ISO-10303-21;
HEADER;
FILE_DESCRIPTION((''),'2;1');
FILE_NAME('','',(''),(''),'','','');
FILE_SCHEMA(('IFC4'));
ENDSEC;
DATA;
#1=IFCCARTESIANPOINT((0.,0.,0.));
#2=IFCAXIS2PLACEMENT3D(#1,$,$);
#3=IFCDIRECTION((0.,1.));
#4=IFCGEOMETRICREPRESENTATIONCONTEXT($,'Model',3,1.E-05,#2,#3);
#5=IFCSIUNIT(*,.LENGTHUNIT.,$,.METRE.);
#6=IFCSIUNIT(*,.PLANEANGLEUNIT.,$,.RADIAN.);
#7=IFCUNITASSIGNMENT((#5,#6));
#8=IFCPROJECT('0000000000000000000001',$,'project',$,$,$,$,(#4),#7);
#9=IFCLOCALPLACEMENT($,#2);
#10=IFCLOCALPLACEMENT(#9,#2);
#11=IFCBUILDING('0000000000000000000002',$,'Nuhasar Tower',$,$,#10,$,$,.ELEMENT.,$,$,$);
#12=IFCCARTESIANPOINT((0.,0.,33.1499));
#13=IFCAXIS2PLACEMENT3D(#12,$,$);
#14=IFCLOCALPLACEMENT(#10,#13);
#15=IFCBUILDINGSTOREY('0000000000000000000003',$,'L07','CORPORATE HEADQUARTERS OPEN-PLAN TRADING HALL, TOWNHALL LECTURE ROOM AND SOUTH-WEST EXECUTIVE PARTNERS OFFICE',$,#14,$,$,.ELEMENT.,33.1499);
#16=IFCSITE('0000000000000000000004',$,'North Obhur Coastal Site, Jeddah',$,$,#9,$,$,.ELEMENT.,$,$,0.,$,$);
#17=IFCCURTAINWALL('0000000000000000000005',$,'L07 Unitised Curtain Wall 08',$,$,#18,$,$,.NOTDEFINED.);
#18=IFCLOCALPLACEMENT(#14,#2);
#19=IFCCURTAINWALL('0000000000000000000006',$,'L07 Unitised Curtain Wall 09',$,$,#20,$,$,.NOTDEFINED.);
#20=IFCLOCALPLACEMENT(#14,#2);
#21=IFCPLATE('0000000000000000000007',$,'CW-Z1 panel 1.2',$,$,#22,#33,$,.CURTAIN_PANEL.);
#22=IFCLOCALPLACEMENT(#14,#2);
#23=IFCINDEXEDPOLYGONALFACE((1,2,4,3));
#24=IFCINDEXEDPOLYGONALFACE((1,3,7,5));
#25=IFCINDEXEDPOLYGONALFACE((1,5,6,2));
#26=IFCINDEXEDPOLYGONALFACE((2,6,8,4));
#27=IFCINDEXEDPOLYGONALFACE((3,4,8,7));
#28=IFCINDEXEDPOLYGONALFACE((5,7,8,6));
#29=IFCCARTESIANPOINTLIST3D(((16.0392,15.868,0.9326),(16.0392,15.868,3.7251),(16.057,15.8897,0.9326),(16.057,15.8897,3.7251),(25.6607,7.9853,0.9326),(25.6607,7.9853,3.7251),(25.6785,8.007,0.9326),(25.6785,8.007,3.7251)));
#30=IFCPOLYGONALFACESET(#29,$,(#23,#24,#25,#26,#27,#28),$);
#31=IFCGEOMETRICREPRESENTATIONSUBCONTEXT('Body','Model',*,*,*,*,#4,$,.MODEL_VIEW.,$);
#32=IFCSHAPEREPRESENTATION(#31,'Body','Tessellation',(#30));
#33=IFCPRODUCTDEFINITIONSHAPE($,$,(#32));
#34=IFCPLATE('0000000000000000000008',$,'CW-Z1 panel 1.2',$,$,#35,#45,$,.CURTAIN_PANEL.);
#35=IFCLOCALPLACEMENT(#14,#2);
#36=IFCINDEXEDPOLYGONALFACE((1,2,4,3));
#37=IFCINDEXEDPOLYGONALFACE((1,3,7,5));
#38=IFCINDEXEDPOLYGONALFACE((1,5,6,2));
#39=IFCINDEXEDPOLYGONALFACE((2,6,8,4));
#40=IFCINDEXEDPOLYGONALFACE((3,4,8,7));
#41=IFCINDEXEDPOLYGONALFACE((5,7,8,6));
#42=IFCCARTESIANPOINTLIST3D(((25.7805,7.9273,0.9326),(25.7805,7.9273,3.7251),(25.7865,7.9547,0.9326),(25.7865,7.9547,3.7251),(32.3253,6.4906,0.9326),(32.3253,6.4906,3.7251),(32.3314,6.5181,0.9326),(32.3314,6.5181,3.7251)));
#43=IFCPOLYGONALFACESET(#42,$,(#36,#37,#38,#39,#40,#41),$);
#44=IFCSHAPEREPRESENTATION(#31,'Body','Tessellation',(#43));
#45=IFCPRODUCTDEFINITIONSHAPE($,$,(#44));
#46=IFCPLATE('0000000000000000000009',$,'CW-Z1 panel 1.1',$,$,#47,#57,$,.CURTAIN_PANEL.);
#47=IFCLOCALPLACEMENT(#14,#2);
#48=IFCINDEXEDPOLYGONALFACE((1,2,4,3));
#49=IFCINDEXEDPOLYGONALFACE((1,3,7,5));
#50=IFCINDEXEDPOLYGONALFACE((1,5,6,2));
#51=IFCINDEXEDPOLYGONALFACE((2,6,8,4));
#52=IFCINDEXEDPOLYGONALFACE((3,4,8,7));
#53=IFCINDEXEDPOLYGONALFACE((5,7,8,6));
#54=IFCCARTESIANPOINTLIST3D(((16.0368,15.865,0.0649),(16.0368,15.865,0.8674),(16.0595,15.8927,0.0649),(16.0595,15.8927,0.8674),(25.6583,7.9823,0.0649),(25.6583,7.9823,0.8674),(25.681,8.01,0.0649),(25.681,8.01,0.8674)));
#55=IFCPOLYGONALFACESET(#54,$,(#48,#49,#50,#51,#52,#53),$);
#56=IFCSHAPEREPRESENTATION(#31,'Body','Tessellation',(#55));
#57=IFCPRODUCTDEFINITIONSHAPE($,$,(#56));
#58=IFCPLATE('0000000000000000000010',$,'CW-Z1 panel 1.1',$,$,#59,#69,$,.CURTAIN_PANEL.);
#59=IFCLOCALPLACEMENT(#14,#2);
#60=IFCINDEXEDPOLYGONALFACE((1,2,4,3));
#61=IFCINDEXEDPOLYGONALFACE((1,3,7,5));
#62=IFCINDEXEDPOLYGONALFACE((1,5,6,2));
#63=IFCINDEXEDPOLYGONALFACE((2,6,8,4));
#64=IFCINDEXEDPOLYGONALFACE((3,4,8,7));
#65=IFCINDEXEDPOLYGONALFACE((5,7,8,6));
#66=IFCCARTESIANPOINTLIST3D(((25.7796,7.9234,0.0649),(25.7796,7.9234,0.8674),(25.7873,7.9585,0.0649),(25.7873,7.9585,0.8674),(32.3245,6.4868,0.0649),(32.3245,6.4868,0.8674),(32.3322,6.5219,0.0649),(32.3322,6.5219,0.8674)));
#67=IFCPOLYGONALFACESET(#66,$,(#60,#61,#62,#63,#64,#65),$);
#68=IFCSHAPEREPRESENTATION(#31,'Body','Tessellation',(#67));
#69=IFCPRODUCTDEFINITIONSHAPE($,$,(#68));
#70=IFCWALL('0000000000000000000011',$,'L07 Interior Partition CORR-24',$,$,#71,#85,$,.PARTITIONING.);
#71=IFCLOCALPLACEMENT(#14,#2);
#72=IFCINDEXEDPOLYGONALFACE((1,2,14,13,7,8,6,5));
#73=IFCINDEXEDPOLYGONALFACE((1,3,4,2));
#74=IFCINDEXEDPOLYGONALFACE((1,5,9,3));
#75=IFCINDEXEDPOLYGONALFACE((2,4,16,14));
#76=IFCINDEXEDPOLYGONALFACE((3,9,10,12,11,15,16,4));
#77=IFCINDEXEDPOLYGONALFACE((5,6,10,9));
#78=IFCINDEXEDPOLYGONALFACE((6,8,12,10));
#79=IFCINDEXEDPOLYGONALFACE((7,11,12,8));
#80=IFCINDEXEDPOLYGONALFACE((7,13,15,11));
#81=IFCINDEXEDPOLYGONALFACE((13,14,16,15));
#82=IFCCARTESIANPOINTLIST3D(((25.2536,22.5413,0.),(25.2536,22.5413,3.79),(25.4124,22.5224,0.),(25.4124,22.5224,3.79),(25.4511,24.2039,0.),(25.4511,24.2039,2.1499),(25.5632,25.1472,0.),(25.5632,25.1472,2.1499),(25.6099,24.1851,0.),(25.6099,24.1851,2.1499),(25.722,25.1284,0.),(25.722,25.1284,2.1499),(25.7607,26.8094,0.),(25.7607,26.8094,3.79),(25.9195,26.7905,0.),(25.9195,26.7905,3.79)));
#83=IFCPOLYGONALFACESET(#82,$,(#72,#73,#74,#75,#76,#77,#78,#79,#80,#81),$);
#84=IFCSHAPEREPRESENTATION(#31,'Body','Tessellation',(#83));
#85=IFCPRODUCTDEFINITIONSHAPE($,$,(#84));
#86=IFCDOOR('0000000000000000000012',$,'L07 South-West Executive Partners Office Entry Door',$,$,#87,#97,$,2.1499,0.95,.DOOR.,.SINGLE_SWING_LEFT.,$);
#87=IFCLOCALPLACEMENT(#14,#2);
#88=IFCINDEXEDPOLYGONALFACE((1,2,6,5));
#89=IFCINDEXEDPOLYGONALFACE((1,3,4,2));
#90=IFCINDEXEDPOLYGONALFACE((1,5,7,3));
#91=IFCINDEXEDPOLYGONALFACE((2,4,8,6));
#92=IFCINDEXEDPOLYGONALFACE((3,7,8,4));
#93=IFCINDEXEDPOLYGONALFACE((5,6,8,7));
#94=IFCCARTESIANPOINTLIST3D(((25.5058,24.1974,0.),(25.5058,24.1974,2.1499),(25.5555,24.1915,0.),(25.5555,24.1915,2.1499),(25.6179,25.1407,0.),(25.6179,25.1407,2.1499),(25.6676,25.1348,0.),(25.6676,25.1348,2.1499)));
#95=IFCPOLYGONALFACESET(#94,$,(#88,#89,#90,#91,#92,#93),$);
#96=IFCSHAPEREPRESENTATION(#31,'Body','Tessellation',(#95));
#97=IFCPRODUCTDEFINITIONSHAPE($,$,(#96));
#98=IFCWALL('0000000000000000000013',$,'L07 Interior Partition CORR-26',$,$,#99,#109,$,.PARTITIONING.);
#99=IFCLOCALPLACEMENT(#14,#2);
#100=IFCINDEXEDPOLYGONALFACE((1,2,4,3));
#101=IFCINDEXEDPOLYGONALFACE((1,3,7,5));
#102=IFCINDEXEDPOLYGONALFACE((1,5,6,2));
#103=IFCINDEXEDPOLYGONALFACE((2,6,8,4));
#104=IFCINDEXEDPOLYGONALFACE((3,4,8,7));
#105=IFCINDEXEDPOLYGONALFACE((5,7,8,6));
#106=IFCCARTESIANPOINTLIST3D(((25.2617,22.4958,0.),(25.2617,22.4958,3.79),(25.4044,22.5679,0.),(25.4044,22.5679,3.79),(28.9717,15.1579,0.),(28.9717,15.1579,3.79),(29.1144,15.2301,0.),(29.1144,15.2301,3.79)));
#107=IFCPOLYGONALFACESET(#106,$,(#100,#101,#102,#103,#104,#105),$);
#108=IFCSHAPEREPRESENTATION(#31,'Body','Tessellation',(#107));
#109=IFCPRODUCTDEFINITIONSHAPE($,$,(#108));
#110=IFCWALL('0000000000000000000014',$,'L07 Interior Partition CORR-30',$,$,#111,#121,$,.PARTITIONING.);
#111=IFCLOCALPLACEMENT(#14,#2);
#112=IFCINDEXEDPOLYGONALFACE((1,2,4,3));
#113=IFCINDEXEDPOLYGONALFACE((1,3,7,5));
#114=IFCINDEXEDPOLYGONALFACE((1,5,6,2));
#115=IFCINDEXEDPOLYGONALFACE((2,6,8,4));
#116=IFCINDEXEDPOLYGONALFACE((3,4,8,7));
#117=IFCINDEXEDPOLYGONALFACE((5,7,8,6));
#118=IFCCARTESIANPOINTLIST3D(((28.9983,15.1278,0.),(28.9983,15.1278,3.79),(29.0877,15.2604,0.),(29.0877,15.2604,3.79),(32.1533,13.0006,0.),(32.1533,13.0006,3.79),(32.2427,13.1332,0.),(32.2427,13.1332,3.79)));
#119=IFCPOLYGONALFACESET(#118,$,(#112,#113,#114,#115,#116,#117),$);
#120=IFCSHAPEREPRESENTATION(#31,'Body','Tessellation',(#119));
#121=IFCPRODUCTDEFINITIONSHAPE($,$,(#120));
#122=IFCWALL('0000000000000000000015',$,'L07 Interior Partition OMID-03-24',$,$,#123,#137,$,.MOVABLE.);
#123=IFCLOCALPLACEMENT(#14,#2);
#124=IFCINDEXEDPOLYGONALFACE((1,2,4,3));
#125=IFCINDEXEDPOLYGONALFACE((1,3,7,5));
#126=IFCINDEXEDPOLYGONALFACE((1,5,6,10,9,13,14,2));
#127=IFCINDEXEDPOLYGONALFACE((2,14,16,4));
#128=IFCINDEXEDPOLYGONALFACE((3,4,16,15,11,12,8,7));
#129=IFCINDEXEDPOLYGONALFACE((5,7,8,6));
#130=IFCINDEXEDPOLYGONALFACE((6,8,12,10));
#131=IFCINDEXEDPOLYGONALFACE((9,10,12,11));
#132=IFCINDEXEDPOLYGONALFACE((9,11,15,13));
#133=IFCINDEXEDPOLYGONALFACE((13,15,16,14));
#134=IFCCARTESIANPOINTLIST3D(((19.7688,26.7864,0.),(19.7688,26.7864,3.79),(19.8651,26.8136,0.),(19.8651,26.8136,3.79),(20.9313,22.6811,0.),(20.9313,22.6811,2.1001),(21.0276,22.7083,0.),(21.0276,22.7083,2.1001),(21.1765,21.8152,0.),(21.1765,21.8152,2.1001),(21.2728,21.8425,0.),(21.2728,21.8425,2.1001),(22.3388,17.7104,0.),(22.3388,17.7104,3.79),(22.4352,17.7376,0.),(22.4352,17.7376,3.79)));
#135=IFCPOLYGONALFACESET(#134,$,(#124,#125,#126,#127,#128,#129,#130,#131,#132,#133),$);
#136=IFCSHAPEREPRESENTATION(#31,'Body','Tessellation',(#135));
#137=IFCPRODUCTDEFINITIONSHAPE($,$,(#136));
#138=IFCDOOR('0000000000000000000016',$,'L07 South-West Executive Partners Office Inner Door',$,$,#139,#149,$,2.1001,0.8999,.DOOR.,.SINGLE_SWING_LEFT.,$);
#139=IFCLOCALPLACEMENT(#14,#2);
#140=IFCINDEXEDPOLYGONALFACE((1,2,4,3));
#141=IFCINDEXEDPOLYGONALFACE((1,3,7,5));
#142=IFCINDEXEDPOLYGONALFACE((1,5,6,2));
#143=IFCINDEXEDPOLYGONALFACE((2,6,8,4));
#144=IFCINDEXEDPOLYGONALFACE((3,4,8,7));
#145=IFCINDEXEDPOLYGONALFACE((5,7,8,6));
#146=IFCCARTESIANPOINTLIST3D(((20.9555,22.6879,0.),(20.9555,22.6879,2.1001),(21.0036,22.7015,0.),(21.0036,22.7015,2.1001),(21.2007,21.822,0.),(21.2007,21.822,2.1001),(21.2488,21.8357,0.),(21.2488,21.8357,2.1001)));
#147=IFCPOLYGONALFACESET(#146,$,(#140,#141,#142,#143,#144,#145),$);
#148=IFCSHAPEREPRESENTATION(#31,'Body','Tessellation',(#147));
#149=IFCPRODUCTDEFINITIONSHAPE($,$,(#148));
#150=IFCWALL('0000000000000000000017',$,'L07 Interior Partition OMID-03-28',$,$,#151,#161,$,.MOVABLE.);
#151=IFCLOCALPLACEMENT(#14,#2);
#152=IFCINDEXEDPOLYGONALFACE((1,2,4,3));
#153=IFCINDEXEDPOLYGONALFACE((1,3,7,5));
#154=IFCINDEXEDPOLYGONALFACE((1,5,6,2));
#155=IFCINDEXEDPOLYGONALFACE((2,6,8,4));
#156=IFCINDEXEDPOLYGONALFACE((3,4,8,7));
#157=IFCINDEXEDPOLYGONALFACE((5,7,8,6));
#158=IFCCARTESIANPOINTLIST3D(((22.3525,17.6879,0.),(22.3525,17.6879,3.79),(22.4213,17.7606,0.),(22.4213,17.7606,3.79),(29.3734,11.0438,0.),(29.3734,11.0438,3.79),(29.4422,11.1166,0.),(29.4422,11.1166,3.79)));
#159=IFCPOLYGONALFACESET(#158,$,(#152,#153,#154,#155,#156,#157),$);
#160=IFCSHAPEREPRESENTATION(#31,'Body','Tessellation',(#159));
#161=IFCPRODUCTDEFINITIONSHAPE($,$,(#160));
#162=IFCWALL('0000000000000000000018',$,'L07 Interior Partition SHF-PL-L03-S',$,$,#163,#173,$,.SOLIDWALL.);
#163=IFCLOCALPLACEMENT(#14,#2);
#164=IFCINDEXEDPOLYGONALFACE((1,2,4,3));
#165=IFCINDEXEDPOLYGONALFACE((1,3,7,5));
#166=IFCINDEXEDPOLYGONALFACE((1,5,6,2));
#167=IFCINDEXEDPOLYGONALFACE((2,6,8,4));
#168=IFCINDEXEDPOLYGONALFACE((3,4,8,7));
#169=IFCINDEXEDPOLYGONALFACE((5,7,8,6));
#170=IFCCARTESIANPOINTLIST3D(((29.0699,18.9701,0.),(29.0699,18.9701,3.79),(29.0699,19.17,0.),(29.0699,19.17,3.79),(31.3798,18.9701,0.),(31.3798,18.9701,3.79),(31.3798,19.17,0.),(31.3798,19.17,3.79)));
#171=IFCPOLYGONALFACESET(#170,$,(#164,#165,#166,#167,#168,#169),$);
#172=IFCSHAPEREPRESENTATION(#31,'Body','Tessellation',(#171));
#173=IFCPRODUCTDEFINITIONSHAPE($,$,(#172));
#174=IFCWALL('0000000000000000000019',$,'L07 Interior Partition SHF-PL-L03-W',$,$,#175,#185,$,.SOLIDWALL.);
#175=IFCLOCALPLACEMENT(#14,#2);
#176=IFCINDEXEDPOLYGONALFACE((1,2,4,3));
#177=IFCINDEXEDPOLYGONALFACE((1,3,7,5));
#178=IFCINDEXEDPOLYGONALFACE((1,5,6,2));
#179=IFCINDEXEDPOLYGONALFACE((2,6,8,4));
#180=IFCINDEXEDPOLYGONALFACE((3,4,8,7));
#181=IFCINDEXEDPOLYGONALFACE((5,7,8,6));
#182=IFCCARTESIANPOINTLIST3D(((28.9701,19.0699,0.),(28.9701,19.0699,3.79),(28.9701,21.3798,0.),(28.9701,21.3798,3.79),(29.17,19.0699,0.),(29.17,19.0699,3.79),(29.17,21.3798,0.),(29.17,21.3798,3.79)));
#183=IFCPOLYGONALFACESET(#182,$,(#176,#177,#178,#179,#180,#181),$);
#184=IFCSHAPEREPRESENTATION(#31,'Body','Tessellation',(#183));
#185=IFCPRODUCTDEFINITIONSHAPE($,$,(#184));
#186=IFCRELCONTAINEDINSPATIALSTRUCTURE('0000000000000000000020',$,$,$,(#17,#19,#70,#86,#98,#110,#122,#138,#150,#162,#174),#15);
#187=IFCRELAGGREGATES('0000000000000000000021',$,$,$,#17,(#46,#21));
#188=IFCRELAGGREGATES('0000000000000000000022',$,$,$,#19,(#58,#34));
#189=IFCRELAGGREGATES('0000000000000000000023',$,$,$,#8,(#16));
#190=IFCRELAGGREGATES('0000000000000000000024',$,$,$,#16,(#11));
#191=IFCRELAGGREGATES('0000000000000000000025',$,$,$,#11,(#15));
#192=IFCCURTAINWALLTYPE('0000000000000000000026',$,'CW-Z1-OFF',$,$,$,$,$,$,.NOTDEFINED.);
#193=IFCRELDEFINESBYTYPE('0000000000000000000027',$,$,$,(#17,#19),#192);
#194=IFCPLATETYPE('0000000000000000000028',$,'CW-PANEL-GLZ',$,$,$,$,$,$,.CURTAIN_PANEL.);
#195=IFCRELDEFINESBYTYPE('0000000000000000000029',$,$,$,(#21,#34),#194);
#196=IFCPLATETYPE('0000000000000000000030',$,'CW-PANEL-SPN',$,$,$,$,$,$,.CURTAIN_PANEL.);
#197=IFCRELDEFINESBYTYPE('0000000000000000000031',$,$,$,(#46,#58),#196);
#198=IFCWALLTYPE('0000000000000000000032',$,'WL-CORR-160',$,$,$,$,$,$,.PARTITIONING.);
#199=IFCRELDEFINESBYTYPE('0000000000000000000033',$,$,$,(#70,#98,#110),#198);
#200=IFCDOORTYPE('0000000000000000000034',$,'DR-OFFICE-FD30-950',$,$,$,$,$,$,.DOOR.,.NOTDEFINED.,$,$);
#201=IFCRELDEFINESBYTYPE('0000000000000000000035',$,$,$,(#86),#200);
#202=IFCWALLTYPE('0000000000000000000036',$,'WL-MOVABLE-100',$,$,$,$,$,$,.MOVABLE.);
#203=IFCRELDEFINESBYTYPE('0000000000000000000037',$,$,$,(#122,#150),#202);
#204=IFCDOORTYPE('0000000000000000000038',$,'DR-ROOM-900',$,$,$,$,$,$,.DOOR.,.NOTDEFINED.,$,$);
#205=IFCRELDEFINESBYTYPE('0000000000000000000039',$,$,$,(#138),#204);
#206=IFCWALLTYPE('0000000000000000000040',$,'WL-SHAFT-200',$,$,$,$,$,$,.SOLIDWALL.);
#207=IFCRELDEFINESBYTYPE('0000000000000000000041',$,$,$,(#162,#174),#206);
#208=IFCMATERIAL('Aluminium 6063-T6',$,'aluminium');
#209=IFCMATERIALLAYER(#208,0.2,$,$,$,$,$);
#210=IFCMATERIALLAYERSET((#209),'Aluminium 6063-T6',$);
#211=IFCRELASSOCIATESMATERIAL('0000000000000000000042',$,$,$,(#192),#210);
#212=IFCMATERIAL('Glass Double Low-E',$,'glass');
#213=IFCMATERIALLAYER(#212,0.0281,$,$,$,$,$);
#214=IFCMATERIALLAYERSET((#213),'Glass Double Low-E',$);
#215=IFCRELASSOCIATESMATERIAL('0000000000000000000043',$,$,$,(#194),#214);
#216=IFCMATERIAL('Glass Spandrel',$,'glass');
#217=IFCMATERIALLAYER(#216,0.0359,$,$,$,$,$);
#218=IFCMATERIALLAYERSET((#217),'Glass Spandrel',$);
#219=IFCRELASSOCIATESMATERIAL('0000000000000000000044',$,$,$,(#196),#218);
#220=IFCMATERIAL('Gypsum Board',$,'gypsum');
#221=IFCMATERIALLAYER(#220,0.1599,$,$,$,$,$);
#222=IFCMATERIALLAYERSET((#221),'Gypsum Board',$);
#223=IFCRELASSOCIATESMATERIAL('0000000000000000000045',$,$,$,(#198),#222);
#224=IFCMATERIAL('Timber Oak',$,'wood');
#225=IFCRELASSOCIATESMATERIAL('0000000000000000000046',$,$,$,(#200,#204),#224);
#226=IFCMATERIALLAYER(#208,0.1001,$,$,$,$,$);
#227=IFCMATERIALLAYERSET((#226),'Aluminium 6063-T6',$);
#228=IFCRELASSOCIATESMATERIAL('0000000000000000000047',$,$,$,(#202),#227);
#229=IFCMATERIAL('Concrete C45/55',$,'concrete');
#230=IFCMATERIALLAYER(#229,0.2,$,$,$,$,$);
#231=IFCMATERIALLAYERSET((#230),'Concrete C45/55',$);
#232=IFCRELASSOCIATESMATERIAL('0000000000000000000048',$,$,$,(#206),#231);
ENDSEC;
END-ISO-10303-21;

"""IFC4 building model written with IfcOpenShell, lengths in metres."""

from ifc_helpers import new_model, si_unit, direction, frame, frame_2d, origin, origin_2d, place, context, subcontext, project, spatial, rectangle, extrude, material, layer, layer_set, type_object, element, fill, aggregate, save


model = new_model("IFC4")

# Units and contexts
model_context = context("Model", 3, precision=1e-05, world=origin(), true_north=direction((0.0, 1.0)))
body_context = subcontext(model_context, "Body", "Model", "MODEL_VIEW")
ifc_project = project(units=[si_unit("LENGTHUNIT", "METRE"), si_unit("PLANEANGLEUNIT", "RADIAN")], contexts=[model_context])

# Site, building, storey
site_placement = place(None, origin())
site = spatial("IfcSite", under=ifc_project, at=site_placement, Name="North Obhur Coastal Site, Jeddah", CompositionType="ELEMENT", RefElevation=0.0)
building_placement = place(site_placement, origin())
building = spatial("IfcBuilding", under=site, at=building_placement, Name="Nuhasar Tower", CompositionType="ELEMENT")
storey_placement = place(building_placement, frame((0.0, 0.0, 33.1499)))
storey = spatial("IfcBuildingStorey", under=building, at=storey_placement, Name="L07", Description="CORPORATE HEADQUARTERS OPEN-PLAN TRADING HALL, TOWNHALL LECTURE ROOM AND SOUTH-WEST EXECUTIVE PARTNERS OFFICE", CompositionType="ELEMENT", Elevation=33.1499)

# Curtain wall
ifc_material_1 = material(Name="Aluminium 6063-T6", Category="aluminium")
ifc_layer_1 = layer(ifc_material_1, 0.2)
ifc_layer_set_1 = layer_set([ifc_layer_1], Name="Aluminium 6063-T6")
curtain_wall_type = type_object("IfcCurtainWallType", Name="CW-Z1-OFF", PredefinedType="NOTDEFINED", material=ifc_layer_set_1)
curtain_wall_1_placement = place(storey_placement, origin())
curtain_wall_1 = element("IfcCurtainWall", 1, at=curtain_wall_1_placement, inside=storey, type_object=curtain_wall_type, Name="L07 Unitised Curtain Wall 08", PredefinedType="NOTDEFINED")

# Curtain wall
curtain_wall_2_placement = place(storey_placement, origin())
curtain_wall_2 = element("IfcCurtainWall", 2, at=curtain_wall_2_placement, inside=storey, type_object=curtain_wall_type, Name="L07 Unitised Curtain Wall 09", PredefinedType="NOTDEFINED")

# Plates
ifc_material_2 = material(Name="Glass Double Low-E", Category="glass")
ifc_layer_2 = layer(ifc_material_2, 0.0281)
ifc_layer_set_2 = layer_set([ifc_layer_2], Name="Glass Double Low-E")
plate_type_1 = type_object("IfcPlateType", Name="CW-PANEL-GLZ", PredefinedType="CURTAIN_PANEL", material=ifc_layer_set_2)
plate_1_placement = place(storey_placement, frame((20.8589, 11.9375, 0.9326), z_axis=(0.0, 0.0, 1.0), x_axis=(0.773542, -0.633745, 0.0)))
plate_1 = element("IfcPlate", 3, at=plate_1_placement, type_object=plate_type_1, Name="CW-Z1 panel 1.2", PredefinedType="CURTAIN_PANEL", context=body_context, shape_type="SweptSolid", body=[
    extrude(rectangle(XDim=12.4382, YDim=0.0281, at=origin_2d()), origin(), (0.0, 0.0, 1.0), 2.7925),
])
plate_2_placement = place(storey_placement, frame((29.0559, 7.2227, 0.9326), z_axis=(0.0, 0.0, 1.0), x_axis=(0.976746, -0.214399, 0.0)))
plate_2 = element("IfcPlate", 4, at=plate_2_placement, type_object=plate_type_1, Name="CW-Z1 panel 1.2", PredefinedType="CURTAIN_PANEL", context=body_context, shape_type="SweptSolid", body=[
    extrude(rectangle(XDim=6.7007, YDim=0.0281, at=origin_2d()), origin(), (0.0, 0.0, 1.0), 2.7925),
])
ifc_material_3 = material(Name="Glass Spandrel", Category="glass")
ifc_layer_3 = layer(ifc_material_3, 0.0359)
ifc_layer_set_3 = layer_set([ifc_layer_3], Name="Glass Spandrel")
plate_type_2 = type_object("IfcPlateType", Name="CW-PANEL-SPN", PredefinedType="CURTAIN_PANEL", material=ifc_layer_set_3)
plate_3_placement = place(storey_placement, frame((20.8589, 11.9375, 0.0649), z_axis=(0.0, 0.0, 1.0), x_axis=(0.773542, -0.633745, 0.0)))
plate_3 = element("IfcPlate", 5, at=plate_3_placement, type_object=plate_type_2, Name="CW-Z1 panel 1.1", PredefinedType="CURTAIN_PANEL", context=body_context, shape_type="SweptSolid", body=[
    extrude(rectangle(XDim=12.4382, YDim=0.0359, at=origin_2d()), origin(), (0.0, 0.0, 1.0), 0.8025),
])
aggregate(curtain_wall_1, [plate_3, plate_1])
plate_4_placement = place(storey_placement, frame((29.0559, 7.2227, 0.0649), z_axis=(0.0, 0.0, 1.0), x_axis=(0.976746, -0.214399, 0.0)))
plate_4 = element("IfcPlate", 6, at=plate_4_placement, type_object=plate_type_2, Name="CW-Z1 panel 1.1", PredefinedType="CURTAIN_PANEL", context=body_context, shape_type="SweptSolid", body=[
    extrude(rectangle(XDim=6.7007, YDim=0.0359, at=origin_2d()), origin(), (0.0, 0.0, 1.0), 0.8025),
])
aggregate(curtain_wall_2, [plate_4, plate_2])

# Wall, opening, door
ifc_material_4 = material(Name="Gypsum Board", Category="gypsum")
ifc_layer_4 = layer(ifc_material_4, 0.1599)
ifc_layer_set_4 = layer_set([ifc_layer_4], Name="Gypsum Board")
wall_type_1 = type_object("IfcWallType", Name="WL-CORR-160", PredefinedType="PARTITIONING", material=ifc_layer_set_4)
wall_1_placement = place(storey_placement, frame((25.333, 22.532, 0.0), z_axis=(0.0, 0.0, 1.0), x_axis=(0.117978, 0.993016, 0.0)))
wall_1 = element("IfcWall", 7, at=wall_1_placement, inside=storey, type_object=wall_type_1, Name="L07 Interior Partition CORR-24", PredefinedType="PARTITIONING", context=body_context, shape_type="SweptSolid", body=[
    extrude(rectangle(XDim=4.2981, YDim=0.1599, at=frame_2d((2.1489, 0.0))), origin(), (0.0, 0.0, 1.0), 3.79),
])
opening_1_placement = place(wall_1_placement, frame((1.6741, 0.0, 0.0)))
opening_1 = element("IfcOpeningElement", 8, at=opening_1_placement, cuts=wall_1, PredefinedType="OPENING", context=body_context, shape_type="SweptSolid", body=[
    extrude(rectangle(XDim=0.95, YDim=2.1499, at=frame_2d((0.4751, 1.075))), frame((0.0, 0.0898, 0.0), z_axis=(0.0, -1.0, 0.0), x_axis=(1.0, 0.0, 0.0)), (0.0, 0.0, 1.0), 0.1799),
])
ifc_material_5 = material(Name="Timber Oak", Category="wood")
door_type_1 = type_object("IfcDoorType", Name="DR-OFFICE-FD30-950", OperationType="NOTDEFINED", PredefinedType="DOOR", material=ifc_material_5)
door_1_placement = place(opening_1_placement, origin())
door_1 = element("IfcDoor", 9, at=door_1_placement, inside=storey, type_object=door_type_1, Name="L07 South-West Executive Partners Office Entry Door", OperationType="SINGLE_SWING_LEFT", OverallHeight=2.1499, OverallWidth=0.95, PredefinedType="DOOR", context=body_context, shape_type="SweptSolid", body=[
    extrude(rectangle(XDim=0.95, YDim=2.1499, at=frame_2d((0.4751, 1.075))), frame((0.0, 0.0249, 0.0), z_axis=(0.0, -1.0, 0.0), x_axis=(1.0, 0.0, 0.0)), (0.0, 0.0, 1.0), 0.05),
])
fill(opening_1, door_1)

# Walls
wall_2_placement = place(storey_placement, frame((25.333, 22.532, 0.0), z_axis=(0.0, 0.0, 1.0), x_axis=(0.4512, -0.892423, 0.0)))
element("IfcWall", 10, at=wall_2_placement, inside=storey, type_object=wall_type_1, Name="L07 Interior Partition CORR-26", PredefinedType="PARTITIONING", context=body_context, shape_type="SweptSolid", body=[
    extrude(rectangle(XDim=8.2224, YDim=0.1599, at=frame_2d((4.1113, 0.0))), origin(), (0.0, 0.0, 1.0), 3.79),
])
wall_3_placement = place(storey_placement, frame((29.043, 15.1941, 0.0), z_axis=(0.0, 0.0, 1.0), x_axis=(0.829147, -0.559031, 0.0)))
element("IfcWall", 11, at=wall_3_placement, inside=storey, type_object=wall_type_1, Name="L07 Interior Partition CORR-30", PredefinedType="PARTITIONING", context=body_context, shape_type="SweptSolid", body=[
    extrude(rectangle(XDim=3.8052, YDim=0.1599, at=frame_2d((1.9026, 0.0))), origin(), (0.0, 0.0, 1.0), 3.79),
])

# Wall, opening, door
ifc_layer_5 = layer(ifc_material_1, 0.1001)
ifc_layer_set_5 = layer_set([ifc_layer_5], Name="Aluminium 6063-T6")
wall_type_2 = type_object("IfcWallType", Name="WL-MOVABLE-100", PredefinedType="MOVABLE", material=ifc_layer_set_5)
wall_4_placement = place(storey_placement, frame((22.387, 17.7241, 0.0), z_axis=(0.0, 0.0, 1.0), x_axis=(-0.272461, 0.962167, 0.0)))
wall_4 = element("IfcWall", 12, at=wall_4_placement, inside=storey, type_object=wall_type_2, Name="L07 Interior Partition OMID-03-24", PredefinedType="MOVABLE", context=body_context, shape_type="SweptSolid", body=[
    extrude(rectangle(XDim=9.4329, YDim=0.1001, at=frame_2d((4.7163, 0.0))), origin(), (0.0, 0.0, 1.0), 3.79),
])
opening_2_placement = place(wall_4_placement, frame((4.2661, 0.0, 0.0)))
opening_2 = element("IfcOpeningElement", 13, at=opening_2_placement, cuts=wall_4, PredefinedType="OPENING", context=body_context, shape_type="SweptSolid", body=[
    extrude(rectangle(XDim=0.8999, YDim=2.1001, at=frame_2d((0.45, 1.05))), frame((0.0, 0.0601, 0.0), z_axis=(0.0, -1.0, 0.0), x_axis=(1.0, 0.0, 0.0)), (0.0, 0.0, 1.0), 0.1201),
])
door_type_2 = type_object("IfcDoorType", Name="DR-ROOM-900", OperationType="NOTDEFINED", PredefinedType="DOOR", material=ifc_material_5)
door_2_placement = place(opening_2_placement, origin())
door_2 = element("IfcDoor", 14, at=door_2_placement, inside=storey, type_object=door_type_2, Name="L07 South-West Executive Partners Office Inner Door", OperationType="SINGLE_SWING_LEFT", OverallHeight=2.1001, OverallWidth=0.8999, PredefinedType="DOOR", context=body_context, shape_type="SweptSolid", body=[
    extrude(rectangle(XDim=0.8999, YDim=2.1001, at=frame_2d((0.45, 1.05))), frame((0.0, 0.0249, 0.0), z_axis=(0.0, -1.0, 0.0), x_axis=(1.0, 0.0, 0.0)), (0.0, 0.0, 1.0), 0.05),
])
fill(opening_2, door_2)

# Walls
wall_5_placement = place(storey_placement, frame((22.387, 17.7241, 0.0), z_axis=(0.0, 0.0, 1.0), x_axis=(0.726336, -0.68734, 0.0)))
element("IfcWall", 15, at=wall_5_placement, inside=storey, type_object=wall_type_2, Name="L07 Interior Partition OMID-03-28", PredefinedType="MOVABLE", context=body_context, shape_type="SweptSolid", body=[
    extrude(rectangle(XDim=9.6663, YDim=0.1001, at=frame_2d((4.833, 0.0))), origin(), (0.0, 0.0, 1.0), 3.79),
])
ifc_material_6 = material(Name="Concrete C45/55", Category="concrete")
ifc_layer_6 = layer(ifc_material_6, 0.2)
ifc_layer_set_6 = layer_set([ifc_layer_6], Name="Concrete C45/55")
wall_type_3 = type_object("IfcWallType", Name="WL-SHAFT-200", PredefinedType="SOLIDWALL", material=ifc_layer_set_6)
for number, where, z_axis, x_axis, name in (
    (16, (29.0701, 19.0701, 0.0), (0.0, 0.0, 1.0), (1.0, 0.0, 0.0), "L07 Interior Partition SHF-PL-L03-S"),
    (17, (29.0701, 19.0701, 0.0), (0.0, 0.0, 1.0), (0.0, 1.0, 0.0), "L07 Interior Partition SHF-PL-L03-W"),
):
    element("IfcWall", number, at=place(storey_placement, frame(where, z_axis=z_axis, x_axis=x_axis)), inside=storey, type_object=wall_type_3, Name=name, PredefinedType="SOLIDWALL", context=body_context, shape_type="SweptSolid", body=[
        extrude(rectangle(XDim=2.3098, YDim=0.2, at=frame_2d((1.1548, 0.0))), origin(), (0.0, 0.0, 1.0), 3.79),
    ])

save(model, "model.ifc")
